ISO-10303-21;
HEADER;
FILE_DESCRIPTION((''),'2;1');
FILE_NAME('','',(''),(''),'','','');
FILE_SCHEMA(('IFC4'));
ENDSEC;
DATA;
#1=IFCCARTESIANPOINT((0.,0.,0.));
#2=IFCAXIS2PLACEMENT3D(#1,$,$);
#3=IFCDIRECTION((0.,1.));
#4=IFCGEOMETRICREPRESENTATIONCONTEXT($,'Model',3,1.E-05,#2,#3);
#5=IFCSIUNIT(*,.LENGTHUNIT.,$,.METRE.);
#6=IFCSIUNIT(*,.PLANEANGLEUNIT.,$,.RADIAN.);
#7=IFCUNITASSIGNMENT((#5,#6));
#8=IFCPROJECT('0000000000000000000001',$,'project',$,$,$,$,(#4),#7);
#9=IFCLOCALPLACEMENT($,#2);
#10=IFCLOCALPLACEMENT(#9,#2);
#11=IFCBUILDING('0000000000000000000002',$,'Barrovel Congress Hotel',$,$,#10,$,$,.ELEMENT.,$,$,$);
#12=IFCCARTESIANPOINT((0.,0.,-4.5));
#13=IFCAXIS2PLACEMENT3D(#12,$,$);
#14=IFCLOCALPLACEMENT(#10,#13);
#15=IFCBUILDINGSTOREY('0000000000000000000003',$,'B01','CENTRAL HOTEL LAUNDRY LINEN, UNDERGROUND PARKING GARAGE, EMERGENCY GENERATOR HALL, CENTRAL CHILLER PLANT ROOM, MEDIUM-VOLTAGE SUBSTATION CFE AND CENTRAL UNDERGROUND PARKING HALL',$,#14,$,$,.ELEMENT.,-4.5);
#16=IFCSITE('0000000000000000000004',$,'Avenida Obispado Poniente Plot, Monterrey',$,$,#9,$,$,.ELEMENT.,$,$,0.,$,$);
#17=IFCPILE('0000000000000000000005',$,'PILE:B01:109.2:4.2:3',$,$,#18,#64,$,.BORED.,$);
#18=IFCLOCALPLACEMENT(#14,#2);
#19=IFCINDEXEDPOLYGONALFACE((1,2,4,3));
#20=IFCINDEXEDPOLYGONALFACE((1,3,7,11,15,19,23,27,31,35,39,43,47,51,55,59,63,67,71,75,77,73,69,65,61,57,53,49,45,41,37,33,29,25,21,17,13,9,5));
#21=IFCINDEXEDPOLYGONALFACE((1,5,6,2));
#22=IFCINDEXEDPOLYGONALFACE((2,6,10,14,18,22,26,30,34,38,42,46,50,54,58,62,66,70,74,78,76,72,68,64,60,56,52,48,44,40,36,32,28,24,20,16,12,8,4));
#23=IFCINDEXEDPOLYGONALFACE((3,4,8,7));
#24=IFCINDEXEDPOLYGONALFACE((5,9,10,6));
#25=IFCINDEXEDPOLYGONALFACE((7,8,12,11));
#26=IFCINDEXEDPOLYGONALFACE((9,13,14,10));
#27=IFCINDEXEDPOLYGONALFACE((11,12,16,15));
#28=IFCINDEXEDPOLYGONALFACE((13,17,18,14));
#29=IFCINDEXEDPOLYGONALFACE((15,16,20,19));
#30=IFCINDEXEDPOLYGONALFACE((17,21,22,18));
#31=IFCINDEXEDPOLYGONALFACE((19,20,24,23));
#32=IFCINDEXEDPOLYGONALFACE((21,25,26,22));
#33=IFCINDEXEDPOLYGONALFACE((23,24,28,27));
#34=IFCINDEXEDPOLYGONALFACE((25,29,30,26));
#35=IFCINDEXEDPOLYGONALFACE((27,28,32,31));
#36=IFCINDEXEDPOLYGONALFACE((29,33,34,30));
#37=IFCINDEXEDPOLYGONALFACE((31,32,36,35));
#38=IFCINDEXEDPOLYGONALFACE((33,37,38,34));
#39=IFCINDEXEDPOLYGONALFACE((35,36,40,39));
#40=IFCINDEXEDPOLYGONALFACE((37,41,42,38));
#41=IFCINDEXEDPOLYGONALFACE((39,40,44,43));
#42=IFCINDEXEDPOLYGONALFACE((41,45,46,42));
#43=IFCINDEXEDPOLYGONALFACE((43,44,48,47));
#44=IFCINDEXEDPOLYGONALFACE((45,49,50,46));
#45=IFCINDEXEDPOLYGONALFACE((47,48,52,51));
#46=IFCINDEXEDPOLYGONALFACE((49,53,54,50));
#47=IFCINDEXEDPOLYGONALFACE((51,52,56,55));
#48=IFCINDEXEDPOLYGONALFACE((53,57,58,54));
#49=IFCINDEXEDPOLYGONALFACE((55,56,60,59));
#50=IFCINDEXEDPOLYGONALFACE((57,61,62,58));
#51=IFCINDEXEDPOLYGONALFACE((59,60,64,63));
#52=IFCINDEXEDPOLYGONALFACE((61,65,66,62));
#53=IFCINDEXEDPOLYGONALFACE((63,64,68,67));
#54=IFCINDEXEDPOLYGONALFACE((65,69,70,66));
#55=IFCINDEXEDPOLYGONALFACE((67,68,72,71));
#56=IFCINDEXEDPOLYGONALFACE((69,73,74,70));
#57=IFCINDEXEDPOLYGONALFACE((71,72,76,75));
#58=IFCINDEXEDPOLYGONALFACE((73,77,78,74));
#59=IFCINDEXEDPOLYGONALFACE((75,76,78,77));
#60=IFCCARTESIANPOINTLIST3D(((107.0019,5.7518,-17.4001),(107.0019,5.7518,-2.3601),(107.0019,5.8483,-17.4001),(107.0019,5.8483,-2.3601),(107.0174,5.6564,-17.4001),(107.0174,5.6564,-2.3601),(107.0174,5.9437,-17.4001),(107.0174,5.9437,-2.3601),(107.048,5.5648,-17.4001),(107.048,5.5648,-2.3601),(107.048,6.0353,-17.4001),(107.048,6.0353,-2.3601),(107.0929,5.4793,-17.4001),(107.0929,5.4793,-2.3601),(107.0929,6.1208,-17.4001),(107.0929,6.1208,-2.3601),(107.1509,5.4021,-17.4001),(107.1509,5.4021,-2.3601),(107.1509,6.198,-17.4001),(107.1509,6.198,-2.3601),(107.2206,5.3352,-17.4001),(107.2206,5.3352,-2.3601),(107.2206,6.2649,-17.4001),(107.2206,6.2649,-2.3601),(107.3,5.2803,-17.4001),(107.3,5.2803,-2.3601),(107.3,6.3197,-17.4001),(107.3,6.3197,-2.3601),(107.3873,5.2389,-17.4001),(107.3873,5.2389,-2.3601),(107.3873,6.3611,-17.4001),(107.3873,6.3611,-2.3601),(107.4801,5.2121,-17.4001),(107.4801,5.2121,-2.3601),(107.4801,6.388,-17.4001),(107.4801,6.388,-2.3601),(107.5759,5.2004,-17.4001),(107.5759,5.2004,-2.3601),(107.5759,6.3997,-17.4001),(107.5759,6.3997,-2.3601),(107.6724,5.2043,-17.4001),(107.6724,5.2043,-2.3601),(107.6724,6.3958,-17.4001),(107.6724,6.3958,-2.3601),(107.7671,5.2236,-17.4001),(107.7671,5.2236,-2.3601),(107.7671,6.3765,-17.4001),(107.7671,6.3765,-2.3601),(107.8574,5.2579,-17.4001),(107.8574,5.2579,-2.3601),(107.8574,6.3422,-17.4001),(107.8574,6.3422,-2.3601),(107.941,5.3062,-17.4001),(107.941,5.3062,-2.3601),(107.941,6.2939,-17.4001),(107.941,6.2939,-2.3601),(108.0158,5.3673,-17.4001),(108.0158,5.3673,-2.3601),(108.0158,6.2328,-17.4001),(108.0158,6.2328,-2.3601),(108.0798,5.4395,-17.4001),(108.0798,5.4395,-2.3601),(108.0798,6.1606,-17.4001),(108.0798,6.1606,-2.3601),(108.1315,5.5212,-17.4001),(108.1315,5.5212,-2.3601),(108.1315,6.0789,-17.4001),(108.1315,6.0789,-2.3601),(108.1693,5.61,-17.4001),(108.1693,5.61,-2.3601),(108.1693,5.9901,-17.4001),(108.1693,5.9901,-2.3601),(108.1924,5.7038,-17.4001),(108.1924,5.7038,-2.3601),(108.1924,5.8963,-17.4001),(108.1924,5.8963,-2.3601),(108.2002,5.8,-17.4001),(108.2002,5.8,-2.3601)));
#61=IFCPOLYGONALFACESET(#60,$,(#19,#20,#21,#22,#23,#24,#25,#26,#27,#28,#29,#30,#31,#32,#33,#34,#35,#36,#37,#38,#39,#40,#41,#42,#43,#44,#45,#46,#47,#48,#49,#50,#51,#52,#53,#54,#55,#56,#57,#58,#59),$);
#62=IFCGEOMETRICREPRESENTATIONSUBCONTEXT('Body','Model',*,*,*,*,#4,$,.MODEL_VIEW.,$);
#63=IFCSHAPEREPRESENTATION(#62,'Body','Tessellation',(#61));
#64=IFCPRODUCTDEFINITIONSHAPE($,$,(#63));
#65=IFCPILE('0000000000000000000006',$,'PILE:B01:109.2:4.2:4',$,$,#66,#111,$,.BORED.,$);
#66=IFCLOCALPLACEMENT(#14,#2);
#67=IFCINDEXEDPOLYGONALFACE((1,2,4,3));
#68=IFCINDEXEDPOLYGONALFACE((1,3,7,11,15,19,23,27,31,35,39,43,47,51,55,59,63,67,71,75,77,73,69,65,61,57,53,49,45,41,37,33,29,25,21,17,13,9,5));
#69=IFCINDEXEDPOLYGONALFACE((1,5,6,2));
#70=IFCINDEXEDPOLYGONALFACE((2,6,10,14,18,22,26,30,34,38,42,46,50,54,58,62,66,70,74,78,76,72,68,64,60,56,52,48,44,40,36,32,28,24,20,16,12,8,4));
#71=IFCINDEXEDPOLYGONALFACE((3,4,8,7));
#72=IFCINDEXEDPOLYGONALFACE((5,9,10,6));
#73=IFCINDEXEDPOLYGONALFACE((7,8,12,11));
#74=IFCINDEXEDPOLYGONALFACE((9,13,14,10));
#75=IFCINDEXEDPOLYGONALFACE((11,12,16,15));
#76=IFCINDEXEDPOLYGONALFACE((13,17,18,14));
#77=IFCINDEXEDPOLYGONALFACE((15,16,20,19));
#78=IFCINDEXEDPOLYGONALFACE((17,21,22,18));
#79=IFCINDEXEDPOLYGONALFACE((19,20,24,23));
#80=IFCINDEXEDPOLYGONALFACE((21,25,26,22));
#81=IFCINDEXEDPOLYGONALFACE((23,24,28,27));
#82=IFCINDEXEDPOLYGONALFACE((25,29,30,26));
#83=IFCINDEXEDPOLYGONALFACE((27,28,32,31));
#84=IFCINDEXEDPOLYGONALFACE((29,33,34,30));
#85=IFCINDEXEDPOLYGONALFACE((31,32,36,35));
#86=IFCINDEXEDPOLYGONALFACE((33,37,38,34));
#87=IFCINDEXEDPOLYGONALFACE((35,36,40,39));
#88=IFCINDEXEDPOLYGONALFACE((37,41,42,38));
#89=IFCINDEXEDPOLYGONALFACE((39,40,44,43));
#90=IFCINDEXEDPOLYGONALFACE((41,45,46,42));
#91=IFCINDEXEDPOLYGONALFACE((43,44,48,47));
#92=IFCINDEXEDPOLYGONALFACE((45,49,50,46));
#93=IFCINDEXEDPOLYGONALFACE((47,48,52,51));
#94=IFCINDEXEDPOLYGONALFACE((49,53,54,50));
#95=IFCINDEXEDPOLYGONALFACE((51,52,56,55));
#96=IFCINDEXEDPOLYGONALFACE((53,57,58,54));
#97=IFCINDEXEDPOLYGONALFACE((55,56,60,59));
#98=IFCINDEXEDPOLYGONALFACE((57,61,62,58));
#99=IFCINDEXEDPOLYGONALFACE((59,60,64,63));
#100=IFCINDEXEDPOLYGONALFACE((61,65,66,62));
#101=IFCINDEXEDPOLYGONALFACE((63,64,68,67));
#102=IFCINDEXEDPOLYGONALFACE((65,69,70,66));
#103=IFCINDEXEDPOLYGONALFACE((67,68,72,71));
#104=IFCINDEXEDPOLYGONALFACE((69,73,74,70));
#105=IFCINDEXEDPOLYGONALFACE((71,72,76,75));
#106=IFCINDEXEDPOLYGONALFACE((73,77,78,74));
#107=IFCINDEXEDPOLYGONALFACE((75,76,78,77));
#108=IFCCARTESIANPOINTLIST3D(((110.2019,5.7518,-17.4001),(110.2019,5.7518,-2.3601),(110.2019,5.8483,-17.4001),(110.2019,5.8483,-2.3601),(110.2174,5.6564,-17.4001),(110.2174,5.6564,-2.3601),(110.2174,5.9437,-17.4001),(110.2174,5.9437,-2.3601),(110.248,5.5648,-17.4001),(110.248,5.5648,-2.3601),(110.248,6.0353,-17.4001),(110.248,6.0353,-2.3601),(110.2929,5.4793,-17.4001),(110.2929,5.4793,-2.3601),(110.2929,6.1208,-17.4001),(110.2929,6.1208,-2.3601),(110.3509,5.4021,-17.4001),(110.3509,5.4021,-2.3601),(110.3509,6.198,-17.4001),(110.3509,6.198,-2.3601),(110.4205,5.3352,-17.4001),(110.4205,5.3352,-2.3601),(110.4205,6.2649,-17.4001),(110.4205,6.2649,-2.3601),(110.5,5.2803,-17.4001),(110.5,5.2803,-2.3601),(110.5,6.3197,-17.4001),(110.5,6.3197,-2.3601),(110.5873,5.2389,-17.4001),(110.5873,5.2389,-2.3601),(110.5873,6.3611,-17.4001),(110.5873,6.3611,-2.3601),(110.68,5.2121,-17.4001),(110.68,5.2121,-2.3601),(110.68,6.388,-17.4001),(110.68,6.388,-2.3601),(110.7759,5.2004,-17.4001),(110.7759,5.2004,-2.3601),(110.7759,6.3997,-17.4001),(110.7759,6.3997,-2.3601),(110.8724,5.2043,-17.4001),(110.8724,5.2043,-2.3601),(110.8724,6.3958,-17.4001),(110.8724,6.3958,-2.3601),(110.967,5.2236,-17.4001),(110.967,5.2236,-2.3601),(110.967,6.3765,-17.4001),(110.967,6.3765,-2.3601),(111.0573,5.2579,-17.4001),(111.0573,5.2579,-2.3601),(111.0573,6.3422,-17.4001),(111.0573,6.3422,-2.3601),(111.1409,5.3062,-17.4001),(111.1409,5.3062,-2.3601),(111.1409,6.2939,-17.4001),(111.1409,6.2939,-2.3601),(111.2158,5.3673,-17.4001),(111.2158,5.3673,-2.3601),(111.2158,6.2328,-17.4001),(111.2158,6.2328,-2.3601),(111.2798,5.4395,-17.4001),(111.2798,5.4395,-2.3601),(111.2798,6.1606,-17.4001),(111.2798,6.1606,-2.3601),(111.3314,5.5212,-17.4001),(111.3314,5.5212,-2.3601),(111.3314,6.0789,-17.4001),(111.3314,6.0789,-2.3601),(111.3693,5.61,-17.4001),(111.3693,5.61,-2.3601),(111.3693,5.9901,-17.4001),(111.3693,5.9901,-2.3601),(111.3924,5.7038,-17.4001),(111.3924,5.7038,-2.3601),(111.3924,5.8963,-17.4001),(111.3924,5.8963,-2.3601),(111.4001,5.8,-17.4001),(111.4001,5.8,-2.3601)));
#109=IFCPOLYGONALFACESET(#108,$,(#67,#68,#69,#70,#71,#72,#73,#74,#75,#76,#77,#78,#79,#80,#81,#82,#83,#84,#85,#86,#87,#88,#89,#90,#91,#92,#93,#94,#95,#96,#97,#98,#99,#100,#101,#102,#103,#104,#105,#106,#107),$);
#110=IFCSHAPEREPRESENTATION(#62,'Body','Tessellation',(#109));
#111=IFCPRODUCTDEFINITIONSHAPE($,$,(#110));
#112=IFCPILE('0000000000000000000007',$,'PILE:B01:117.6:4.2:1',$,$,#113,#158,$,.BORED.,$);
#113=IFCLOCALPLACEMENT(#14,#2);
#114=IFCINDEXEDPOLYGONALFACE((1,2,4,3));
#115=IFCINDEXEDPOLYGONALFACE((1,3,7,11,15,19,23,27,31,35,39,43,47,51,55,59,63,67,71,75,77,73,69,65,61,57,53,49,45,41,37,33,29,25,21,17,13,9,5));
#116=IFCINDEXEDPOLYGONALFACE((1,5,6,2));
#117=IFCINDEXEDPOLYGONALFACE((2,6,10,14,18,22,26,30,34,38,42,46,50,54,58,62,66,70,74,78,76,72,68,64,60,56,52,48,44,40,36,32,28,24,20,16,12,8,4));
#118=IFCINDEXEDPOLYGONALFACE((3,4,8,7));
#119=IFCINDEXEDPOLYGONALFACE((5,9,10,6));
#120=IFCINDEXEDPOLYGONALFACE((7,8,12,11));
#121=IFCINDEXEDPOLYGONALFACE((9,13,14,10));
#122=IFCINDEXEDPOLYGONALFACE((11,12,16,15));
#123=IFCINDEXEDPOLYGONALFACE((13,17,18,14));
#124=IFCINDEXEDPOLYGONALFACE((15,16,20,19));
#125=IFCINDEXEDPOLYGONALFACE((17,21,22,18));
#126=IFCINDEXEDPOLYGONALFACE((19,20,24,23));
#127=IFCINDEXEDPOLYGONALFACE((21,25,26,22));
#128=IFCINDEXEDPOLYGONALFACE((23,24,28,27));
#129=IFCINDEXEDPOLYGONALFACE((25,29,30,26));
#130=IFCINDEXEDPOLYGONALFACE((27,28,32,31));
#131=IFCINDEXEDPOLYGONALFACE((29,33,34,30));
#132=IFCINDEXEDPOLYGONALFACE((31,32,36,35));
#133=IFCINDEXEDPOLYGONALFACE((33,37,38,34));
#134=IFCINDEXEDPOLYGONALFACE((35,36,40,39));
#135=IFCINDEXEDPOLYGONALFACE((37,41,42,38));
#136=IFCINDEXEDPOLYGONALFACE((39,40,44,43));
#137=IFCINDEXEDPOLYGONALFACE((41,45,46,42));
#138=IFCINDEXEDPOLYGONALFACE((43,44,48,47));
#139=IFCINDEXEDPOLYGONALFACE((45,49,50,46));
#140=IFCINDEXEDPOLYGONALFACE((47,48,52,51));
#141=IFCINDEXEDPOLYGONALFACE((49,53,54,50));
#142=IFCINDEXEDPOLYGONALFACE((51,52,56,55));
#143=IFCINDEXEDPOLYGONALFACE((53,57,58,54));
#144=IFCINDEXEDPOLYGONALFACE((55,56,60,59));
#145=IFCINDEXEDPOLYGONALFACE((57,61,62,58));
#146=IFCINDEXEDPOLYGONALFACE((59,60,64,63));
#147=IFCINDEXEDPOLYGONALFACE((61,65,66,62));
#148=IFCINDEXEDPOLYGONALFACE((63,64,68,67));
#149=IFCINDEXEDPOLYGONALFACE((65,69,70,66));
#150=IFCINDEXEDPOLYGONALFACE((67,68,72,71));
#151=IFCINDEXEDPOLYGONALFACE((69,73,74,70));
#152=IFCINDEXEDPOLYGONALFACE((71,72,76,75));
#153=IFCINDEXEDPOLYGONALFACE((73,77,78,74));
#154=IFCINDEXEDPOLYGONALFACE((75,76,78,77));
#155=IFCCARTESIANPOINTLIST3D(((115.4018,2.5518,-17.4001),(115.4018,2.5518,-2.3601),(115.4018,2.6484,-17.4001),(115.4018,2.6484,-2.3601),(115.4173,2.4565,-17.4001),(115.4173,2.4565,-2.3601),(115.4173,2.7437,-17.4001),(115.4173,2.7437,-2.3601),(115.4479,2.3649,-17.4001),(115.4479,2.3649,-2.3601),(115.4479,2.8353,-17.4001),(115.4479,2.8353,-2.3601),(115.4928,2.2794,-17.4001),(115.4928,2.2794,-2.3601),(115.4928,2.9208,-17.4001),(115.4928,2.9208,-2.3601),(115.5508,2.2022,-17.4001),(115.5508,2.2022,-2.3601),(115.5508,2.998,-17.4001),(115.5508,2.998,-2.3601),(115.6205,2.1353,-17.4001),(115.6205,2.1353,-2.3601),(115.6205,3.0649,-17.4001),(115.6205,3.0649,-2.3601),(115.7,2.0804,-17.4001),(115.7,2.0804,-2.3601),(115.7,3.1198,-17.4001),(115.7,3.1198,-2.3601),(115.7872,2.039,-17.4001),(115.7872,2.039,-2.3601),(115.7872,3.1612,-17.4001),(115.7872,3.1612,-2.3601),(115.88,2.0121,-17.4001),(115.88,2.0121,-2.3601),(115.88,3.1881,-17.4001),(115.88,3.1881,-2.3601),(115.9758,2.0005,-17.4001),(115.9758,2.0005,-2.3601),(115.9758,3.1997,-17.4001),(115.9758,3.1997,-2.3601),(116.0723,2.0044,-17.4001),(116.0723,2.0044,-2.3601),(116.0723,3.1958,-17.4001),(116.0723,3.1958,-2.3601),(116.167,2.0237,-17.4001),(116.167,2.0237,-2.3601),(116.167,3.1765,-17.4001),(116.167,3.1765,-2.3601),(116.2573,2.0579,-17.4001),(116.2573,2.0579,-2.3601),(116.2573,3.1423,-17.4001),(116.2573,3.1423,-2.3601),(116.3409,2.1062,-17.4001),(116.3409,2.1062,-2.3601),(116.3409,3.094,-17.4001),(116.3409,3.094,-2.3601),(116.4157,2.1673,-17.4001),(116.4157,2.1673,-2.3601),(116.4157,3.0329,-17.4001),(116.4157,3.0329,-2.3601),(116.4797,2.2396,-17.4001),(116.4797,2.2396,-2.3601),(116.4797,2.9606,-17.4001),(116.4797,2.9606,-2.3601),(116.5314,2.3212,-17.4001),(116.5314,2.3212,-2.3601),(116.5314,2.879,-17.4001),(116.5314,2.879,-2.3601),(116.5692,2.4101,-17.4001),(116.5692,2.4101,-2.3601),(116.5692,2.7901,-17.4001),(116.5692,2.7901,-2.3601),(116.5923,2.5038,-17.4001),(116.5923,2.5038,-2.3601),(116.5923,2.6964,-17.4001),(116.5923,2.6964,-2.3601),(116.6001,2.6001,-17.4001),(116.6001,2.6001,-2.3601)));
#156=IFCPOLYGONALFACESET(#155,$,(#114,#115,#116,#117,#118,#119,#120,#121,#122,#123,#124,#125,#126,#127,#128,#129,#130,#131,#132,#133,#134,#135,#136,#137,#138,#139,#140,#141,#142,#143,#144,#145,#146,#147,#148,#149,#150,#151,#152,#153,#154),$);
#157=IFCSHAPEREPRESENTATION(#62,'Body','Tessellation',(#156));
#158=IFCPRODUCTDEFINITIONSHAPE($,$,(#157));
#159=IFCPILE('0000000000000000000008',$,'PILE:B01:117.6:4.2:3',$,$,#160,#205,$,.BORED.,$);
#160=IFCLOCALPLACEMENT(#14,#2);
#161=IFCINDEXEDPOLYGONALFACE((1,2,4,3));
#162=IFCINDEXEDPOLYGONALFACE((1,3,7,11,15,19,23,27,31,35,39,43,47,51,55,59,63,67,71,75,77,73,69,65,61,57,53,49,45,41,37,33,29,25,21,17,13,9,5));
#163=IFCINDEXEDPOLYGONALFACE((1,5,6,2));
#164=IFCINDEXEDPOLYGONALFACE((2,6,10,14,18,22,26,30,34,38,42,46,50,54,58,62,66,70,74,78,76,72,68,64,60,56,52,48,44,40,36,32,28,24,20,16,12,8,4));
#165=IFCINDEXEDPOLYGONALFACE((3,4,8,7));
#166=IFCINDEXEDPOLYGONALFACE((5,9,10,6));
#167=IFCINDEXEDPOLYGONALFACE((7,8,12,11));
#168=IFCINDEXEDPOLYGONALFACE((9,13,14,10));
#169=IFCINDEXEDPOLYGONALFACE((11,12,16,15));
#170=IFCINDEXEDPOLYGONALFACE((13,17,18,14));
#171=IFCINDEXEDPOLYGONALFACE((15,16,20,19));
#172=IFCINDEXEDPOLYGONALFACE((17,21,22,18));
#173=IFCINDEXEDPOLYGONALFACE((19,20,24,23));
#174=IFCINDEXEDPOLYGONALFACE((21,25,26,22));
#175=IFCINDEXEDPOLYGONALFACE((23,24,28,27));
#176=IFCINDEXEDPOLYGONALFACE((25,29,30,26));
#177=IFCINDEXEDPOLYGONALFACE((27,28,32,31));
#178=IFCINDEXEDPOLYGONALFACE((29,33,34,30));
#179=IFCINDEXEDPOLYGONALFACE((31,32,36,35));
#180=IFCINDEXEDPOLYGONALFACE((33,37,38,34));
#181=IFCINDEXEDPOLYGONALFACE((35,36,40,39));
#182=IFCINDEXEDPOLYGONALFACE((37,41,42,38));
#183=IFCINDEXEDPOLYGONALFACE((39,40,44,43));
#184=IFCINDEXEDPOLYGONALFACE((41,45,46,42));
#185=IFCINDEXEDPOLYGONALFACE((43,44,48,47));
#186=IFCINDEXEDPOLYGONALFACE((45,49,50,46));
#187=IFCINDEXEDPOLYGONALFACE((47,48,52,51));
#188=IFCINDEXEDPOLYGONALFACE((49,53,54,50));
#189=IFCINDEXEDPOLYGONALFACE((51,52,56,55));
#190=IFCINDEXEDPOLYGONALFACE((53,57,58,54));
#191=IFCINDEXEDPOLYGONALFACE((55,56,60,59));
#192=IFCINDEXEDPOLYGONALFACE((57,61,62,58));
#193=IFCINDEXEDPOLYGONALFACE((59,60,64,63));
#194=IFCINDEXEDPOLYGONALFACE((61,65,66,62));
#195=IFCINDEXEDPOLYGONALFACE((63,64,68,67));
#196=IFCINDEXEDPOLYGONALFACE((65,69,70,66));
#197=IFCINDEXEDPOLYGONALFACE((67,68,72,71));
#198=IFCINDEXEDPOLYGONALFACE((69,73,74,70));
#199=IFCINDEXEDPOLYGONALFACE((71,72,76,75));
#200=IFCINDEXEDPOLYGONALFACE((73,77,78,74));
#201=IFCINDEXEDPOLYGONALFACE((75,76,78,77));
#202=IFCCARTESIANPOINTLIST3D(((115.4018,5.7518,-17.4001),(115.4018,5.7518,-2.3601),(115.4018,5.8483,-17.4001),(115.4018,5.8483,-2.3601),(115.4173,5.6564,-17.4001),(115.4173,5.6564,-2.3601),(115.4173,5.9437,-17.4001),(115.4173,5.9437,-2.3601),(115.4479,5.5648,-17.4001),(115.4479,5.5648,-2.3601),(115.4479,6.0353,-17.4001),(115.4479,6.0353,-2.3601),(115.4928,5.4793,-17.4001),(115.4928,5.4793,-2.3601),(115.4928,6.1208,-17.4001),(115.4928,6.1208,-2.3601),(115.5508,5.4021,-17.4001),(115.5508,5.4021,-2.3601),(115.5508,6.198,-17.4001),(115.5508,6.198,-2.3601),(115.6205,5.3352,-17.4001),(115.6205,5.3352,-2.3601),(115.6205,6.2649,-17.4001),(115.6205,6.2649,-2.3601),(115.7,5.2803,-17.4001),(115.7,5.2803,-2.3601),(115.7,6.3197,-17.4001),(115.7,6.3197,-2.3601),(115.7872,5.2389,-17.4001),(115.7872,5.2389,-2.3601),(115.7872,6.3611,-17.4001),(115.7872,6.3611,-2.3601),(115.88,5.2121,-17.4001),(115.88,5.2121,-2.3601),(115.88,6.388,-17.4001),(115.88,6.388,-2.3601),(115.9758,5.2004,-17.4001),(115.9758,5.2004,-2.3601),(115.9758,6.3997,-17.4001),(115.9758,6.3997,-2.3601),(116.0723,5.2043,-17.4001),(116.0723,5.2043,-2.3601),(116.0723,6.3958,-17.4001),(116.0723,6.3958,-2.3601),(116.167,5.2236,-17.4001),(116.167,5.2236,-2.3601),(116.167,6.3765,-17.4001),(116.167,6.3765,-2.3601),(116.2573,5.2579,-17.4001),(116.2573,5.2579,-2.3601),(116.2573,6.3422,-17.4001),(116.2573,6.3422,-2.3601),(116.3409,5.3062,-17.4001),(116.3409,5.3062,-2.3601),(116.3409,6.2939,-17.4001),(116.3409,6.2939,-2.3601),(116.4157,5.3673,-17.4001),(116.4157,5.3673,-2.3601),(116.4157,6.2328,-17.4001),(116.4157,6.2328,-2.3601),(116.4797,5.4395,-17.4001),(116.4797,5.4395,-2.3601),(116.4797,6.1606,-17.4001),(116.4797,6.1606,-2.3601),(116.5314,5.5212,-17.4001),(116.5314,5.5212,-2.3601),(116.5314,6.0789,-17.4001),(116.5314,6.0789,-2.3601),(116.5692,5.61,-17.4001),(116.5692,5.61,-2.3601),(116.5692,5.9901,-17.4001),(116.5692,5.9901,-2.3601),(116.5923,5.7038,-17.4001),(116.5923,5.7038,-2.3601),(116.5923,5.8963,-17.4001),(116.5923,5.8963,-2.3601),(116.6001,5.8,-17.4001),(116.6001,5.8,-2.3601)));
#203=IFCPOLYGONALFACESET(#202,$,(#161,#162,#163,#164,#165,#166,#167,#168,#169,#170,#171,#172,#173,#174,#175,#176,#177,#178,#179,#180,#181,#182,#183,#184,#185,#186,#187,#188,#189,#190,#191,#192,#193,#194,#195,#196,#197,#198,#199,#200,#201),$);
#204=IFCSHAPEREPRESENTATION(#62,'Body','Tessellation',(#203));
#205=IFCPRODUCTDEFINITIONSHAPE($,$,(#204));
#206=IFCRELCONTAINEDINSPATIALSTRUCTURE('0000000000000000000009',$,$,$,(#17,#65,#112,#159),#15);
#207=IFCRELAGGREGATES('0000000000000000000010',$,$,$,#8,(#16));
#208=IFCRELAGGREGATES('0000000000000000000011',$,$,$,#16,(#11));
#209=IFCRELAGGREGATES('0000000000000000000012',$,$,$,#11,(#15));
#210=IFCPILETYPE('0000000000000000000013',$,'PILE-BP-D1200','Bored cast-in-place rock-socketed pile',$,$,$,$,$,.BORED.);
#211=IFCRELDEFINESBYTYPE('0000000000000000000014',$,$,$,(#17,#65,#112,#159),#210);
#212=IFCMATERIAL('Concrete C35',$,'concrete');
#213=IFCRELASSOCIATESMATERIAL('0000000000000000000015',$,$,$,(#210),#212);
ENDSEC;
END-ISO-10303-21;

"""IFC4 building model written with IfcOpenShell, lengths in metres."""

from ifc_helpers import new_model, si_unit, direction, frame, origin, origin_2d, place, context, subcontext, project, spatial, circle, extrude, material, material_profile, profile_set, type_object, element, save


model = new_model("IFC4")

# Units and contexts
model_context = context("Model", 3, precision=1e-05, world=origin(), true_north=direction((0.0, 1.0)))
body_context = subcontext(model_context, "Body", "Model", "MODEL_VIEW")
ifc_project = project(units=[si_unit("LENGTHUNIT", "METRE"), si_unit("PLANEANGLEUNIT", "RADIAN")], contexts=[model_context])

# Site, building, storey
site_placement = place(None, origin())
site = spatial("IfcSite", under=ifc_project, at=site_placement, Name="Avenida Obispado Poniente Plot, Monterrey", CompositionType="ELEMENT", RefElevation=0.0)
building_placement = place(site_placement, origin())
building = spatial("IfcBuilding", under=site, at=building_placement, Name="Barrovel Congress Hotel", CompositionType="ELEMENT")
storey_placement = place(building_placement, frame((0.0, 0.0, -4.5)))
storey = spatial("IfcBuildingStorey", under=building, at=storey_placement, Name="B01", Description="CENTRAL HOTEL LAUNDRY LINEN, UNDERGROUND PARKING GARAGE, EMERGENCY GENERATOR HALL, CENTRAL CHILLER PLANT ROOM, MEDIUM-VOLTAGE SUBSTATION CFE AND CENTRAL UNDERGROUND PARKING HALL", CompositionType="ELEMENT", Elevation=-4.5)

# Piles
ifc_material_1 = material(Name="Concrete C35", Category="concrete")
ifc_material_profile_1 = material_profile(ifc_material_1, circle(Radius=0.6001, at=origin_2d()), Name="BP-D1200")
ifc_profile_set_1 = profile_set([ifc_material_profile_1], Name="Concrete C35")
pile_type_1 = type_object("IfcPileType", Name="PILE-BP-D1200", Description="Bored cast-in-place rock-socketed pile", PredefinedType="BORED", material=ifc_profile_set_1)
for number, where, z_axis, x_axis, name in (
    (1, (107.6001, 5.8, -2.3601), (0.0, 0.0, -1.0), (1.0, 0.0, 0.0), "PILE:B01:109.2:4.2:3"),
    (2, (110.8, 5.8, -2.3601), (0.0, 0.0, -1.0), (1.0, 0.0, 0.0), "PILE:B01:109.2:4.2:4"),
    (3, (116.0, 2.6001, -2.3601), (0.0, 0.0, -1.0), (1.0, 0.0, 0.0), "PILE:B01:117.6:4.2:1"),
    (4, (116.0, 5.8, -2.3601), (0.0, 0.0, -1.0), (1.0, 0.0, 0.0), "PILE:B01:117.6:4.2:3"),
):
    element("IfcPile", number, at=place(storey_placement, frame(where, z_axis=z_axis, x_axis=x_axis)), inside=storey, type_object=pile_type_1, Name=name, PredefinedType="BORED", context=body_context, shape_type="SweptSolid", body=[
        extrude(circle(Radius=0.6001, at=origin_2d()), origin(), (0.0, 0.0, 1.0), 15.04),
    ])

save(model, "model.ifc")
